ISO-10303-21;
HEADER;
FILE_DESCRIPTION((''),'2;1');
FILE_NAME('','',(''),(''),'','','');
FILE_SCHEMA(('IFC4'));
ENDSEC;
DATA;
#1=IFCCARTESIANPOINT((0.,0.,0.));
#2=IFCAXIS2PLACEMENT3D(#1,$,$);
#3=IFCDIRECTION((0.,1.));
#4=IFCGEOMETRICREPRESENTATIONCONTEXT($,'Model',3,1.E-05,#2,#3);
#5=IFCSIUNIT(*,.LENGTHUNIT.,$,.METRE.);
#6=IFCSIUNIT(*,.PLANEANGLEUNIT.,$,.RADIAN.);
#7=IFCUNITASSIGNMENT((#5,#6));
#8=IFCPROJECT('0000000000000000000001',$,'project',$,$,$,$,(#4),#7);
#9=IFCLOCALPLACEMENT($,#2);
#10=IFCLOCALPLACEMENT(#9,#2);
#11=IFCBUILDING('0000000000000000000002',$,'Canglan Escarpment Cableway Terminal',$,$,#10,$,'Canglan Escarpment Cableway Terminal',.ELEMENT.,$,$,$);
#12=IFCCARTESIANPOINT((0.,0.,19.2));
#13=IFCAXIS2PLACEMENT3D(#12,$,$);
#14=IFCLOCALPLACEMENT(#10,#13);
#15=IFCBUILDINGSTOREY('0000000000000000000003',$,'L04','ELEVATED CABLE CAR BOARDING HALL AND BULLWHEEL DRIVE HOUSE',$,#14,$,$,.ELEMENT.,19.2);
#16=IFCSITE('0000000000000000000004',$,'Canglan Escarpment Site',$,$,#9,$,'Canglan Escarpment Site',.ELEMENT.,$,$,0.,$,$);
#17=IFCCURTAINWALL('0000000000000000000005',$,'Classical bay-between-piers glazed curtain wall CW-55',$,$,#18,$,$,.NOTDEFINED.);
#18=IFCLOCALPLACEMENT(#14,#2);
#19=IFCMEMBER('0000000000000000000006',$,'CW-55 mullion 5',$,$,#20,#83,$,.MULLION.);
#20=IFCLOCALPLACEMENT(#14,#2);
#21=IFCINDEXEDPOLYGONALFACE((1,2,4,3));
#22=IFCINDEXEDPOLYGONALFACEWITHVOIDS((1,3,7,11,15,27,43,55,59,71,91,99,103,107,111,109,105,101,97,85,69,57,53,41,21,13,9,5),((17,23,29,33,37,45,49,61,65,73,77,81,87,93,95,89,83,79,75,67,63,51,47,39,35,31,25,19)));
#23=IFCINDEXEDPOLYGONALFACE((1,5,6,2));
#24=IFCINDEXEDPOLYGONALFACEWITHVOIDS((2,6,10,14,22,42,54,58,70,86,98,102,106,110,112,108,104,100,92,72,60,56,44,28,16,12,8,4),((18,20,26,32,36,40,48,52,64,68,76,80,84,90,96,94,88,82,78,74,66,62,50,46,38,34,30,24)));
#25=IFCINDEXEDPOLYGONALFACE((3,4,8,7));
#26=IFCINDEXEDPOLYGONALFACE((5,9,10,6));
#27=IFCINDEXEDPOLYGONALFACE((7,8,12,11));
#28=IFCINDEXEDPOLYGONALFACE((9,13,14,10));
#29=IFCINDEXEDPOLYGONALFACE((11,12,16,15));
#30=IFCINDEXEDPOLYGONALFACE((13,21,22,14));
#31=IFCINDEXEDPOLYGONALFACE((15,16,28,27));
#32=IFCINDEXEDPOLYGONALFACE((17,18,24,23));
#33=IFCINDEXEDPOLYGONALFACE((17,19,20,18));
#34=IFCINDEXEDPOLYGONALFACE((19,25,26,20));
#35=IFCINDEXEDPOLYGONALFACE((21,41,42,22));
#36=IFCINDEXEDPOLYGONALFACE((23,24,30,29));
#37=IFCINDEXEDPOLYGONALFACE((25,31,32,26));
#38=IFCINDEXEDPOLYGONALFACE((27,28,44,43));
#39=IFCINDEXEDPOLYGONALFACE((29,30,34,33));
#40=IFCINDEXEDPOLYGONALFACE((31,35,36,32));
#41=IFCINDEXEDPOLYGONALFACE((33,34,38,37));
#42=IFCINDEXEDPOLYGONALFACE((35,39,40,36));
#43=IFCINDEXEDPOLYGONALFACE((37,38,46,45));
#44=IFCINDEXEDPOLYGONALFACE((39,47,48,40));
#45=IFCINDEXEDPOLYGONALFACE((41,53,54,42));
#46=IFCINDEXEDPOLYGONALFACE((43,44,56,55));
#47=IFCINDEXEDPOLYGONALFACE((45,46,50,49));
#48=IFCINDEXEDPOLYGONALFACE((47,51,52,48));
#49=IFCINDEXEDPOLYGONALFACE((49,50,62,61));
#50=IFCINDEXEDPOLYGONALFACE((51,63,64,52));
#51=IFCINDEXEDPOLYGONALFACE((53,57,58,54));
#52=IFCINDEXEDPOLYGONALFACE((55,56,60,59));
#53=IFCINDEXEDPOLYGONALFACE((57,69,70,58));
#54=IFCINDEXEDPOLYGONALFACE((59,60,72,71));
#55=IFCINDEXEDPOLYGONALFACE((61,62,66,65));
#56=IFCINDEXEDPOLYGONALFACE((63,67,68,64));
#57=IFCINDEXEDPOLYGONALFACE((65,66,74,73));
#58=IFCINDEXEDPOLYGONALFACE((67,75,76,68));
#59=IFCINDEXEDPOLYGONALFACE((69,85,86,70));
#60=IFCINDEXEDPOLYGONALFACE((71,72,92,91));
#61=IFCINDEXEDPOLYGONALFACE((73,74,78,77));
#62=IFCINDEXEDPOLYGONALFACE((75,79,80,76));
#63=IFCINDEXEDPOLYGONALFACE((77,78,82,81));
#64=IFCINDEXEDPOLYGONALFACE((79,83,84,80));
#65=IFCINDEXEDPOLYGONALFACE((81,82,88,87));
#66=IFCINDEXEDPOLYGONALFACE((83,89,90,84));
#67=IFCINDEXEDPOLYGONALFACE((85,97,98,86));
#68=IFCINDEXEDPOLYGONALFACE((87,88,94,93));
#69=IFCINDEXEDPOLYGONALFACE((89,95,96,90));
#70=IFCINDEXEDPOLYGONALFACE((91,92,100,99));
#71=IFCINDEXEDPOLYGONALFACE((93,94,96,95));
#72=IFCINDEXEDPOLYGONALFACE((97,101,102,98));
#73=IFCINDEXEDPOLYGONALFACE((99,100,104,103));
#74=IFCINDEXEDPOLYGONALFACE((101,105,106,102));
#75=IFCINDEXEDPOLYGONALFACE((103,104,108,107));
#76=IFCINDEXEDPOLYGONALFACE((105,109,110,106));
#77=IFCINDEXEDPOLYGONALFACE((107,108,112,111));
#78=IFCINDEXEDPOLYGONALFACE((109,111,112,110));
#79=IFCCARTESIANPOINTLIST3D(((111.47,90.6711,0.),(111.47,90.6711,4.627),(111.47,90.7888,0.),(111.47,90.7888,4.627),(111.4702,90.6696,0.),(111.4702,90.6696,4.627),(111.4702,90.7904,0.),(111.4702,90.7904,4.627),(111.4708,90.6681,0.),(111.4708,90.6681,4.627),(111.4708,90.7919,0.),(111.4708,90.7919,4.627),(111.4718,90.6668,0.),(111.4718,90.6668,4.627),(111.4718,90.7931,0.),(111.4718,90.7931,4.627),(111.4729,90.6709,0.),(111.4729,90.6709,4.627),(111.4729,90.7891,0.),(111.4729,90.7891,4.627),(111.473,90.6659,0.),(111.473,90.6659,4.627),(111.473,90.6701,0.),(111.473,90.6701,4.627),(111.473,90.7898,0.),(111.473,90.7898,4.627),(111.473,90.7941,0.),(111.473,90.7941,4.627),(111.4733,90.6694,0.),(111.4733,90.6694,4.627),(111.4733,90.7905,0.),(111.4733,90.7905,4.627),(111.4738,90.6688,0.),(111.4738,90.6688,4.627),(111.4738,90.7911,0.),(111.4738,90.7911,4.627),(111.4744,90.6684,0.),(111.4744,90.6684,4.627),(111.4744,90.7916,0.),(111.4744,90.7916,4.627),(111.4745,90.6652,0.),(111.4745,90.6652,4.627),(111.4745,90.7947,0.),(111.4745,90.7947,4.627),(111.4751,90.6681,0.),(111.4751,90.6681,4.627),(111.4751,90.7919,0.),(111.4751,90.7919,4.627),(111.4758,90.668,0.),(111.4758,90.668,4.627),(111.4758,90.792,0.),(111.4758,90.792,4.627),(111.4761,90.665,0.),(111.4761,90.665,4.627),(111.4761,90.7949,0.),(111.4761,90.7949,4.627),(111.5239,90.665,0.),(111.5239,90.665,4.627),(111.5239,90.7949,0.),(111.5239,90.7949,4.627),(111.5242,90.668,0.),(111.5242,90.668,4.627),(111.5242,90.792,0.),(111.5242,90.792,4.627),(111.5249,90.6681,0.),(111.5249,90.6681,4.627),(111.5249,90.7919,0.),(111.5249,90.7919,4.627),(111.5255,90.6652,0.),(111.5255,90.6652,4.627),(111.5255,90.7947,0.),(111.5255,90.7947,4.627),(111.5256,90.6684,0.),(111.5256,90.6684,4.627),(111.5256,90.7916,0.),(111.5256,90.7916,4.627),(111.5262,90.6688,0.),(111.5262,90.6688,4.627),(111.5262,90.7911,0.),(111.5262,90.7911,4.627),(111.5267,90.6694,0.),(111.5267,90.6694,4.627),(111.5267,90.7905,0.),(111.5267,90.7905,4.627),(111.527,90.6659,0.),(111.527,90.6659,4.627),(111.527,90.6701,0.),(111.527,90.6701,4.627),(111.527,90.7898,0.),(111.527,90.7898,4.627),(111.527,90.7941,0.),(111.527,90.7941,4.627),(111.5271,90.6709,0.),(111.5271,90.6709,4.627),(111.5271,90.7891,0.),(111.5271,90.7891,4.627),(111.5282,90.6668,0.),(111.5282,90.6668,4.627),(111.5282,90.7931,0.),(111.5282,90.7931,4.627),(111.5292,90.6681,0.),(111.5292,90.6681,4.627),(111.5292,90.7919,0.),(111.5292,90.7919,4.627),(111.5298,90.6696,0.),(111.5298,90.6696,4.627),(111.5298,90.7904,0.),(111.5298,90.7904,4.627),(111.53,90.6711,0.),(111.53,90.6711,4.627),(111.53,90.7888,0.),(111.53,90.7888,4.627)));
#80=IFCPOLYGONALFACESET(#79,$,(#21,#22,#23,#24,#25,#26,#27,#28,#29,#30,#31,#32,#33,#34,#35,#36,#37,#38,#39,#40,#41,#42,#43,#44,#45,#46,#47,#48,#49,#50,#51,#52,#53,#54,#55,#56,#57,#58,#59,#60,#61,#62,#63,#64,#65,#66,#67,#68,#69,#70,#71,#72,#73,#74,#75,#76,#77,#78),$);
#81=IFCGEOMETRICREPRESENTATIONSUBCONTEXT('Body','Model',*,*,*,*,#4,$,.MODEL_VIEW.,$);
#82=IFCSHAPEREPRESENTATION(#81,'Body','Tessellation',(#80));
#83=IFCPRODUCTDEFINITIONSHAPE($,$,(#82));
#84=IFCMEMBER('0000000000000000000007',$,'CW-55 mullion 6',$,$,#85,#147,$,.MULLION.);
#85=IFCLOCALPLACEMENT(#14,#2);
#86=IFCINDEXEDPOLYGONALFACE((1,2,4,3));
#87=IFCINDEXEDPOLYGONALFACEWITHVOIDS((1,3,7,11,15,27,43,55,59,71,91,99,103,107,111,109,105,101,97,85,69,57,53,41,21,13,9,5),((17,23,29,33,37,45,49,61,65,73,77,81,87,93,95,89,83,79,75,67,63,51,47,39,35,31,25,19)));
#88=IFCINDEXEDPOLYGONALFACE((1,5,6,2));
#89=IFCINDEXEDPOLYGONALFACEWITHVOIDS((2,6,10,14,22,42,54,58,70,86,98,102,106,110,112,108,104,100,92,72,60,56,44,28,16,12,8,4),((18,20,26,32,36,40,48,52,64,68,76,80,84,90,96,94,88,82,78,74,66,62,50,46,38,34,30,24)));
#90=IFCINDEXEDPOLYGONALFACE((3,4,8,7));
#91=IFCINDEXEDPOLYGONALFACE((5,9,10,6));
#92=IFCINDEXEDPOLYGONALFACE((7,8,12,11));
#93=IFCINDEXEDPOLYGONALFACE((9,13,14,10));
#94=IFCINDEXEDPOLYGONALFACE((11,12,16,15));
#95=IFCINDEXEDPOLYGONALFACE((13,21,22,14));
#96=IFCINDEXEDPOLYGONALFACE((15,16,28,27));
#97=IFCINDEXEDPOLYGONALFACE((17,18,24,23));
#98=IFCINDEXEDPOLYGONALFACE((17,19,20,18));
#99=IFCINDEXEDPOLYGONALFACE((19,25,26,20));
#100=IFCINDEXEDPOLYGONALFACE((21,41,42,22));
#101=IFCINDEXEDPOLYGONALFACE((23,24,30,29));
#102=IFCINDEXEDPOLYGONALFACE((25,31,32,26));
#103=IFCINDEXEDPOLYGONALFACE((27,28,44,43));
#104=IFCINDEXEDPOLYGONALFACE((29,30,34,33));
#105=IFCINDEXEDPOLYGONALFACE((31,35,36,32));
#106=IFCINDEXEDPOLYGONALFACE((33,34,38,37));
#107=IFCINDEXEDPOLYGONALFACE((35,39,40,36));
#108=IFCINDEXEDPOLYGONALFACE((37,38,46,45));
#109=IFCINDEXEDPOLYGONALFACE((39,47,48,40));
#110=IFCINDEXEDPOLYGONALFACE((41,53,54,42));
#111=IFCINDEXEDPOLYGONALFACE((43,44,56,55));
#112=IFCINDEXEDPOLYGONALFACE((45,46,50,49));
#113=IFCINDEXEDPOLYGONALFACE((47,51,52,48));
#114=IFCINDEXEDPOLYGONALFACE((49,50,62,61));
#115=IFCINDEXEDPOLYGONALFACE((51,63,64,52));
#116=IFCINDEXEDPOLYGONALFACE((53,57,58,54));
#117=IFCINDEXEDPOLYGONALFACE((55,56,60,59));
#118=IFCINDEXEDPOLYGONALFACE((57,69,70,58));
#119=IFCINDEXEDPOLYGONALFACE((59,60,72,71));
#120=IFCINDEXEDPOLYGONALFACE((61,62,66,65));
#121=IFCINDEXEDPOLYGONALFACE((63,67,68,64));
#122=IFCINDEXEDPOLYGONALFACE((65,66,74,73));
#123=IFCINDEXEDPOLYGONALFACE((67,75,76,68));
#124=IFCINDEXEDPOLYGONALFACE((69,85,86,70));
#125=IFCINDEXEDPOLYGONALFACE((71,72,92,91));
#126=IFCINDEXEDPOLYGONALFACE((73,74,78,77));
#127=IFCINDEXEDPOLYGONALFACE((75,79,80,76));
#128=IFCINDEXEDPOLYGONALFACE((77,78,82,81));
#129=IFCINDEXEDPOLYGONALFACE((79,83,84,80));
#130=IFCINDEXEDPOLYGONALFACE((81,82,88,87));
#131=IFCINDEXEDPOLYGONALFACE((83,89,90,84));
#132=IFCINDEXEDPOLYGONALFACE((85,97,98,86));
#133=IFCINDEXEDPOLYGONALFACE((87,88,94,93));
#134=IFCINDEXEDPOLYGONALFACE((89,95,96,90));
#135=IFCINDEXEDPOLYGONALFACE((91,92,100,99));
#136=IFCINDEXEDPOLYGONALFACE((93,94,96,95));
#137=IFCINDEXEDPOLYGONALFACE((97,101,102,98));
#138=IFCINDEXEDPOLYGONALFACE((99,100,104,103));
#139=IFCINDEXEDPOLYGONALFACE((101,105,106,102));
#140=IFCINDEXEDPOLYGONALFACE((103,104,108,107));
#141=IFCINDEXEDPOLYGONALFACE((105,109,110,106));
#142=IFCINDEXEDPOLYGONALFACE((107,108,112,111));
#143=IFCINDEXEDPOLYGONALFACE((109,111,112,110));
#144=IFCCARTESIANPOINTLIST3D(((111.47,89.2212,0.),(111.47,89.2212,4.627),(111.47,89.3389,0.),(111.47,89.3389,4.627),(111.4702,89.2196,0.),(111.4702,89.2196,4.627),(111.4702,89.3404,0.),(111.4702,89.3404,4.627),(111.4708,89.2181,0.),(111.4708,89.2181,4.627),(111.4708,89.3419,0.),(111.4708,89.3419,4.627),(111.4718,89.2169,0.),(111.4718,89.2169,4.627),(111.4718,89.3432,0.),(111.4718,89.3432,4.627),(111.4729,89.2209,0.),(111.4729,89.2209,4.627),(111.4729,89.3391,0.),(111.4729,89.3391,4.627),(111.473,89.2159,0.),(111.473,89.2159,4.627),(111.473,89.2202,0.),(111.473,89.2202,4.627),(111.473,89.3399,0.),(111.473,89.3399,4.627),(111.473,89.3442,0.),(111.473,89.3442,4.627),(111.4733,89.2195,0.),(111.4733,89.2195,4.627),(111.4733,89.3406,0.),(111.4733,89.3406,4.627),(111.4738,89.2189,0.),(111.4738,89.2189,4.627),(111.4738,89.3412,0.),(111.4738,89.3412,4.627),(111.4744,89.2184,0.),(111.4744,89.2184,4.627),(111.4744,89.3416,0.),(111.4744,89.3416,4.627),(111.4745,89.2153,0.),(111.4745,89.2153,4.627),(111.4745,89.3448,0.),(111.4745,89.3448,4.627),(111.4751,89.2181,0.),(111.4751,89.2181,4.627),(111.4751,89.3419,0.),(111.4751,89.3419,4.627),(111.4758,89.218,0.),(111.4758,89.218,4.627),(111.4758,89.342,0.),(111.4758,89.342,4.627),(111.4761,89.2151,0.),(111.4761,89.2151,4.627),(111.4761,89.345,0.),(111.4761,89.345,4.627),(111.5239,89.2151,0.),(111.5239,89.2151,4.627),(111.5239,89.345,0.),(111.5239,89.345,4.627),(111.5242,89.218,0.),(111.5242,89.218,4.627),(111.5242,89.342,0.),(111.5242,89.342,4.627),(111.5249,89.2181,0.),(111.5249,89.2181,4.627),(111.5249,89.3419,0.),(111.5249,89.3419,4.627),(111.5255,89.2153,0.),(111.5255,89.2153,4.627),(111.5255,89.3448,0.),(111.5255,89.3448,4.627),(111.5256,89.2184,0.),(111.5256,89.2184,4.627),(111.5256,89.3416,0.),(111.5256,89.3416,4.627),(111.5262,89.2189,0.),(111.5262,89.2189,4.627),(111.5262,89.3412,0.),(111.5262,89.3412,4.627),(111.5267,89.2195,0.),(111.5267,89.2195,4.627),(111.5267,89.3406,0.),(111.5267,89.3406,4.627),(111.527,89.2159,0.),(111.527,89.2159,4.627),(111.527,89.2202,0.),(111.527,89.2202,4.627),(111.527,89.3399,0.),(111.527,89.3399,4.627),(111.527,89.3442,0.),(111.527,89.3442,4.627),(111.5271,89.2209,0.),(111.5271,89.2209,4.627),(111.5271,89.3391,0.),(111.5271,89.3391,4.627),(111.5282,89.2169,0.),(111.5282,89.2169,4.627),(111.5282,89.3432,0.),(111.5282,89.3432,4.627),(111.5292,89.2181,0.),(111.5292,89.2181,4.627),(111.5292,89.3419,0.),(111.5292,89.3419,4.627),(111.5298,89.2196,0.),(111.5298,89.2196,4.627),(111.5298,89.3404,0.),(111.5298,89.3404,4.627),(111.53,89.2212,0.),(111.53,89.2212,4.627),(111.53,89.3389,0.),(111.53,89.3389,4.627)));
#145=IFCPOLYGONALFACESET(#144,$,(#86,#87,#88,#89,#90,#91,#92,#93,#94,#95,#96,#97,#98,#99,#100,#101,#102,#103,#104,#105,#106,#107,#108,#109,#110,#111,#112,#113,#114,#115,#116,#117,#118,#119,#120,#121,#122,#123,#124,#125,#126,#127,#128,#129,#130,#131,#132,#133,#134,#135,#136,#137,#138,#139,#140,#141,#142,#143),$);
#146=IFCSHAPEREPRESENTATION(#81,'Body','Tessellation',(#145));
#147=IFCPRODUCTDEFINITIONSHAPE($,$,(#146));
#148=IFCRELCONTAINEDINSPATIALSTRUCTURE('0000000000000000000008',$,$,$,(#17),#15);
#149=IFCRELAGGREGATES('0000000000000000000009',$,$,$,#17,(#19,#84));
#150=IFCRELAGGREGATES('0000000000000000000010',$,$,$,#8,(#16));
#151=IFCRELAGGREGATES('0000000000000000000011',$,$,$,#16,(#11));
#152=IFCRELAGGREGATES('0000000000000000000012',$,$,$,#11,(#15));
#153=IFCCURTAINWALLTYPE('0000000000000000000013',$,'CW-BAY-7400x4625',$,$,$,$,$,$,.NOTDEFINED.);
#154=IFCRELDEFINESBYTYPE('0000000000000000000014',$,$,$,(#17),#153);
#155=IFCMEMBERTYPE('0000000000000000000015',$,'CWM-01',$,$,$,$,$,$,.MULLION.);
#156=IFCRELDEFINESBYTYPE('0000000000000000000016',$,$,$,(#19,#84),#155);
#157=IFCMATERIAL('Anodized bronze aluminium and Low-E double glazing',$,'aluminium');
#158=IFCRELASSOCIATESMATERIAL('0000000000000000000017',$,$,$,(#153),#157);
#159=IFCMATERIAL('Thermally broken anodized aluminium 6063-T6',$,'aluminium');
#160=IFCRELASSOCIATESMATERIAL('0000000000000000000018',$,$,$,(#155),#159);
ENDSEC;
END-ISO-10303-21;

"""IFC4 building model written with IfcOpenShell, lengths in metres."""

from ifc_helpers import new_model, si_unit, direction, frame, origin, origin_2d, place, context, subcontext, project, spatial, hollow_rectangle, extrude, material, material_profile, profile_set, type_object, element, aggregate, save


model = new_model("IFC4")

# Units and contexts
model_context = context("Model", 3, precision=1e-05, world=origin(), true_north=direction((0.0, 1.0)))
body_context = subcontext(model_context, "Body", "Model", "MODEL_VIEW")
ifc_project = project(units=[si_unit("LENGTHUNIT", "METRE"), si_unit("PLANEANGLEUNIT", "RADIAN")], contexts=[model_context])

# Site, building, storey
site_placement = place(None, origin())
site = spatial("IfcSite", under=ifc_project, at=site_placement, Name="Canglan Escarpment Site", LongName="Canglan Escarpment Site", CompositionType="ELEMENT", RefElevation=0.0)
building_placement = place(site_placement, origin())
building = spatial("IfcBuilding", under=site, at=building_placement, Name="Canglan Escarpment Cableway Terminal", LongName="Canglan Escarpment Cableway Terminal", CompositionType="ELEMENT")
storey_placement = place(building_placement, frame((0.0, 0.0, 19.2)))
storey = spatial("IfcBuildingStorey", under=building, at=storey_placement, Name="L04", Description="ELEVATED CABLE CAR BOARDING HALL AND BULLWHEEL DRIVE HOUSE", CompositionType="ELEMENT", Elevation=19.2)

# Curtain wall, members
ifc_material_1 = material(Name="Anodized bronze aluminium and Low-E double glazing", Category="aluminium")
curtain_wall_type = type_object("IfcCurtainWallType", Name="CW-BAY-7400x4625", PredefinedType="NOTDEFINED", material=ifc_material_1)
curtain_wall_placement = place(storey_placement, origin())
curtain_wall = element("IfcCurtainWall", 1, at=curtain_wall_placement, inside=storey, type_object=curtain_wall_type, Name="Classical bay-between-piers glazed curtain wall CW-55", PredefinedType="NOTDEFINED")
ifc_material_2 = material(Name="Thermally broken anodized aluminium 6063-T6", Category="aluminium")
ifc_material_profile_1 = material_profile(ifc_material_2, hollow_rectangle(XDim=0.0601, YDim=0.1299, WallThickness=0.0029, InnerFilletRadius=0.0029, OuterFilletRadius=0.0061, at=origin_2d()), Name="ALU-MULL 60x130x3")
ifc_profile_set_1 = profile_set([ifc_material_profile_1], Name="Thermally broken anodized aluminium 6063-T6")
member_type_1 = type_object("IfcMemberType", Name="CWM-01", PredefinedType="MULLION", material=ifc_profile_set_1)
member_1_placement = place(storey_placement, frame((111.5, 90.73, 0.0), z_axis=(0.0, 0.0, 1.0), x_axis=(1.0, 0.0, 0.0)))
member_1 = element("IfcMember", 2, at=member_1_placement, type_object=member_type_1, Name="CW-55 mullion 5", PredefinedType="MULLION", context=body_context, shape_type="SweptSolid", body=[
    extrude(hollow_rectangle(XDim=0.0601, YDim=0.1299, WallThickness=0.0029, InnerFilletRadius=0.0029, OuterFilletRadius=0.0061, at=origin_2d()), origin(), (0.0, 0.0, 1.0), 4.627),
])
member_2_placement = place(storey_placement, frame((111.5, 89.28, 0.0), z_axis=(0.0, 0.0, 1.0), x_axis=(1.0, 0.0, 0.0)))
member_2 = element("IfcMember", 3, at=member_2_placement, type_object=member_type_1, Name="CW-55 mullion 6", PredefinedType="MULLION", context=body_context, shape_type="SweptSolid", body=[
    extrude(hollow_rectangle(XDim=0.0601, YDim=0.1299, WallThickness=0.0029, InnerFilletRadius=0.0029, OuterFilletRadius=0.0061, at=origin_2d()), origin(), (0.0, 0.0, 1.0), 4.627),
])
aggregate(curtain_wall, [member_1, member_2])

save(model, "model.ifc")
